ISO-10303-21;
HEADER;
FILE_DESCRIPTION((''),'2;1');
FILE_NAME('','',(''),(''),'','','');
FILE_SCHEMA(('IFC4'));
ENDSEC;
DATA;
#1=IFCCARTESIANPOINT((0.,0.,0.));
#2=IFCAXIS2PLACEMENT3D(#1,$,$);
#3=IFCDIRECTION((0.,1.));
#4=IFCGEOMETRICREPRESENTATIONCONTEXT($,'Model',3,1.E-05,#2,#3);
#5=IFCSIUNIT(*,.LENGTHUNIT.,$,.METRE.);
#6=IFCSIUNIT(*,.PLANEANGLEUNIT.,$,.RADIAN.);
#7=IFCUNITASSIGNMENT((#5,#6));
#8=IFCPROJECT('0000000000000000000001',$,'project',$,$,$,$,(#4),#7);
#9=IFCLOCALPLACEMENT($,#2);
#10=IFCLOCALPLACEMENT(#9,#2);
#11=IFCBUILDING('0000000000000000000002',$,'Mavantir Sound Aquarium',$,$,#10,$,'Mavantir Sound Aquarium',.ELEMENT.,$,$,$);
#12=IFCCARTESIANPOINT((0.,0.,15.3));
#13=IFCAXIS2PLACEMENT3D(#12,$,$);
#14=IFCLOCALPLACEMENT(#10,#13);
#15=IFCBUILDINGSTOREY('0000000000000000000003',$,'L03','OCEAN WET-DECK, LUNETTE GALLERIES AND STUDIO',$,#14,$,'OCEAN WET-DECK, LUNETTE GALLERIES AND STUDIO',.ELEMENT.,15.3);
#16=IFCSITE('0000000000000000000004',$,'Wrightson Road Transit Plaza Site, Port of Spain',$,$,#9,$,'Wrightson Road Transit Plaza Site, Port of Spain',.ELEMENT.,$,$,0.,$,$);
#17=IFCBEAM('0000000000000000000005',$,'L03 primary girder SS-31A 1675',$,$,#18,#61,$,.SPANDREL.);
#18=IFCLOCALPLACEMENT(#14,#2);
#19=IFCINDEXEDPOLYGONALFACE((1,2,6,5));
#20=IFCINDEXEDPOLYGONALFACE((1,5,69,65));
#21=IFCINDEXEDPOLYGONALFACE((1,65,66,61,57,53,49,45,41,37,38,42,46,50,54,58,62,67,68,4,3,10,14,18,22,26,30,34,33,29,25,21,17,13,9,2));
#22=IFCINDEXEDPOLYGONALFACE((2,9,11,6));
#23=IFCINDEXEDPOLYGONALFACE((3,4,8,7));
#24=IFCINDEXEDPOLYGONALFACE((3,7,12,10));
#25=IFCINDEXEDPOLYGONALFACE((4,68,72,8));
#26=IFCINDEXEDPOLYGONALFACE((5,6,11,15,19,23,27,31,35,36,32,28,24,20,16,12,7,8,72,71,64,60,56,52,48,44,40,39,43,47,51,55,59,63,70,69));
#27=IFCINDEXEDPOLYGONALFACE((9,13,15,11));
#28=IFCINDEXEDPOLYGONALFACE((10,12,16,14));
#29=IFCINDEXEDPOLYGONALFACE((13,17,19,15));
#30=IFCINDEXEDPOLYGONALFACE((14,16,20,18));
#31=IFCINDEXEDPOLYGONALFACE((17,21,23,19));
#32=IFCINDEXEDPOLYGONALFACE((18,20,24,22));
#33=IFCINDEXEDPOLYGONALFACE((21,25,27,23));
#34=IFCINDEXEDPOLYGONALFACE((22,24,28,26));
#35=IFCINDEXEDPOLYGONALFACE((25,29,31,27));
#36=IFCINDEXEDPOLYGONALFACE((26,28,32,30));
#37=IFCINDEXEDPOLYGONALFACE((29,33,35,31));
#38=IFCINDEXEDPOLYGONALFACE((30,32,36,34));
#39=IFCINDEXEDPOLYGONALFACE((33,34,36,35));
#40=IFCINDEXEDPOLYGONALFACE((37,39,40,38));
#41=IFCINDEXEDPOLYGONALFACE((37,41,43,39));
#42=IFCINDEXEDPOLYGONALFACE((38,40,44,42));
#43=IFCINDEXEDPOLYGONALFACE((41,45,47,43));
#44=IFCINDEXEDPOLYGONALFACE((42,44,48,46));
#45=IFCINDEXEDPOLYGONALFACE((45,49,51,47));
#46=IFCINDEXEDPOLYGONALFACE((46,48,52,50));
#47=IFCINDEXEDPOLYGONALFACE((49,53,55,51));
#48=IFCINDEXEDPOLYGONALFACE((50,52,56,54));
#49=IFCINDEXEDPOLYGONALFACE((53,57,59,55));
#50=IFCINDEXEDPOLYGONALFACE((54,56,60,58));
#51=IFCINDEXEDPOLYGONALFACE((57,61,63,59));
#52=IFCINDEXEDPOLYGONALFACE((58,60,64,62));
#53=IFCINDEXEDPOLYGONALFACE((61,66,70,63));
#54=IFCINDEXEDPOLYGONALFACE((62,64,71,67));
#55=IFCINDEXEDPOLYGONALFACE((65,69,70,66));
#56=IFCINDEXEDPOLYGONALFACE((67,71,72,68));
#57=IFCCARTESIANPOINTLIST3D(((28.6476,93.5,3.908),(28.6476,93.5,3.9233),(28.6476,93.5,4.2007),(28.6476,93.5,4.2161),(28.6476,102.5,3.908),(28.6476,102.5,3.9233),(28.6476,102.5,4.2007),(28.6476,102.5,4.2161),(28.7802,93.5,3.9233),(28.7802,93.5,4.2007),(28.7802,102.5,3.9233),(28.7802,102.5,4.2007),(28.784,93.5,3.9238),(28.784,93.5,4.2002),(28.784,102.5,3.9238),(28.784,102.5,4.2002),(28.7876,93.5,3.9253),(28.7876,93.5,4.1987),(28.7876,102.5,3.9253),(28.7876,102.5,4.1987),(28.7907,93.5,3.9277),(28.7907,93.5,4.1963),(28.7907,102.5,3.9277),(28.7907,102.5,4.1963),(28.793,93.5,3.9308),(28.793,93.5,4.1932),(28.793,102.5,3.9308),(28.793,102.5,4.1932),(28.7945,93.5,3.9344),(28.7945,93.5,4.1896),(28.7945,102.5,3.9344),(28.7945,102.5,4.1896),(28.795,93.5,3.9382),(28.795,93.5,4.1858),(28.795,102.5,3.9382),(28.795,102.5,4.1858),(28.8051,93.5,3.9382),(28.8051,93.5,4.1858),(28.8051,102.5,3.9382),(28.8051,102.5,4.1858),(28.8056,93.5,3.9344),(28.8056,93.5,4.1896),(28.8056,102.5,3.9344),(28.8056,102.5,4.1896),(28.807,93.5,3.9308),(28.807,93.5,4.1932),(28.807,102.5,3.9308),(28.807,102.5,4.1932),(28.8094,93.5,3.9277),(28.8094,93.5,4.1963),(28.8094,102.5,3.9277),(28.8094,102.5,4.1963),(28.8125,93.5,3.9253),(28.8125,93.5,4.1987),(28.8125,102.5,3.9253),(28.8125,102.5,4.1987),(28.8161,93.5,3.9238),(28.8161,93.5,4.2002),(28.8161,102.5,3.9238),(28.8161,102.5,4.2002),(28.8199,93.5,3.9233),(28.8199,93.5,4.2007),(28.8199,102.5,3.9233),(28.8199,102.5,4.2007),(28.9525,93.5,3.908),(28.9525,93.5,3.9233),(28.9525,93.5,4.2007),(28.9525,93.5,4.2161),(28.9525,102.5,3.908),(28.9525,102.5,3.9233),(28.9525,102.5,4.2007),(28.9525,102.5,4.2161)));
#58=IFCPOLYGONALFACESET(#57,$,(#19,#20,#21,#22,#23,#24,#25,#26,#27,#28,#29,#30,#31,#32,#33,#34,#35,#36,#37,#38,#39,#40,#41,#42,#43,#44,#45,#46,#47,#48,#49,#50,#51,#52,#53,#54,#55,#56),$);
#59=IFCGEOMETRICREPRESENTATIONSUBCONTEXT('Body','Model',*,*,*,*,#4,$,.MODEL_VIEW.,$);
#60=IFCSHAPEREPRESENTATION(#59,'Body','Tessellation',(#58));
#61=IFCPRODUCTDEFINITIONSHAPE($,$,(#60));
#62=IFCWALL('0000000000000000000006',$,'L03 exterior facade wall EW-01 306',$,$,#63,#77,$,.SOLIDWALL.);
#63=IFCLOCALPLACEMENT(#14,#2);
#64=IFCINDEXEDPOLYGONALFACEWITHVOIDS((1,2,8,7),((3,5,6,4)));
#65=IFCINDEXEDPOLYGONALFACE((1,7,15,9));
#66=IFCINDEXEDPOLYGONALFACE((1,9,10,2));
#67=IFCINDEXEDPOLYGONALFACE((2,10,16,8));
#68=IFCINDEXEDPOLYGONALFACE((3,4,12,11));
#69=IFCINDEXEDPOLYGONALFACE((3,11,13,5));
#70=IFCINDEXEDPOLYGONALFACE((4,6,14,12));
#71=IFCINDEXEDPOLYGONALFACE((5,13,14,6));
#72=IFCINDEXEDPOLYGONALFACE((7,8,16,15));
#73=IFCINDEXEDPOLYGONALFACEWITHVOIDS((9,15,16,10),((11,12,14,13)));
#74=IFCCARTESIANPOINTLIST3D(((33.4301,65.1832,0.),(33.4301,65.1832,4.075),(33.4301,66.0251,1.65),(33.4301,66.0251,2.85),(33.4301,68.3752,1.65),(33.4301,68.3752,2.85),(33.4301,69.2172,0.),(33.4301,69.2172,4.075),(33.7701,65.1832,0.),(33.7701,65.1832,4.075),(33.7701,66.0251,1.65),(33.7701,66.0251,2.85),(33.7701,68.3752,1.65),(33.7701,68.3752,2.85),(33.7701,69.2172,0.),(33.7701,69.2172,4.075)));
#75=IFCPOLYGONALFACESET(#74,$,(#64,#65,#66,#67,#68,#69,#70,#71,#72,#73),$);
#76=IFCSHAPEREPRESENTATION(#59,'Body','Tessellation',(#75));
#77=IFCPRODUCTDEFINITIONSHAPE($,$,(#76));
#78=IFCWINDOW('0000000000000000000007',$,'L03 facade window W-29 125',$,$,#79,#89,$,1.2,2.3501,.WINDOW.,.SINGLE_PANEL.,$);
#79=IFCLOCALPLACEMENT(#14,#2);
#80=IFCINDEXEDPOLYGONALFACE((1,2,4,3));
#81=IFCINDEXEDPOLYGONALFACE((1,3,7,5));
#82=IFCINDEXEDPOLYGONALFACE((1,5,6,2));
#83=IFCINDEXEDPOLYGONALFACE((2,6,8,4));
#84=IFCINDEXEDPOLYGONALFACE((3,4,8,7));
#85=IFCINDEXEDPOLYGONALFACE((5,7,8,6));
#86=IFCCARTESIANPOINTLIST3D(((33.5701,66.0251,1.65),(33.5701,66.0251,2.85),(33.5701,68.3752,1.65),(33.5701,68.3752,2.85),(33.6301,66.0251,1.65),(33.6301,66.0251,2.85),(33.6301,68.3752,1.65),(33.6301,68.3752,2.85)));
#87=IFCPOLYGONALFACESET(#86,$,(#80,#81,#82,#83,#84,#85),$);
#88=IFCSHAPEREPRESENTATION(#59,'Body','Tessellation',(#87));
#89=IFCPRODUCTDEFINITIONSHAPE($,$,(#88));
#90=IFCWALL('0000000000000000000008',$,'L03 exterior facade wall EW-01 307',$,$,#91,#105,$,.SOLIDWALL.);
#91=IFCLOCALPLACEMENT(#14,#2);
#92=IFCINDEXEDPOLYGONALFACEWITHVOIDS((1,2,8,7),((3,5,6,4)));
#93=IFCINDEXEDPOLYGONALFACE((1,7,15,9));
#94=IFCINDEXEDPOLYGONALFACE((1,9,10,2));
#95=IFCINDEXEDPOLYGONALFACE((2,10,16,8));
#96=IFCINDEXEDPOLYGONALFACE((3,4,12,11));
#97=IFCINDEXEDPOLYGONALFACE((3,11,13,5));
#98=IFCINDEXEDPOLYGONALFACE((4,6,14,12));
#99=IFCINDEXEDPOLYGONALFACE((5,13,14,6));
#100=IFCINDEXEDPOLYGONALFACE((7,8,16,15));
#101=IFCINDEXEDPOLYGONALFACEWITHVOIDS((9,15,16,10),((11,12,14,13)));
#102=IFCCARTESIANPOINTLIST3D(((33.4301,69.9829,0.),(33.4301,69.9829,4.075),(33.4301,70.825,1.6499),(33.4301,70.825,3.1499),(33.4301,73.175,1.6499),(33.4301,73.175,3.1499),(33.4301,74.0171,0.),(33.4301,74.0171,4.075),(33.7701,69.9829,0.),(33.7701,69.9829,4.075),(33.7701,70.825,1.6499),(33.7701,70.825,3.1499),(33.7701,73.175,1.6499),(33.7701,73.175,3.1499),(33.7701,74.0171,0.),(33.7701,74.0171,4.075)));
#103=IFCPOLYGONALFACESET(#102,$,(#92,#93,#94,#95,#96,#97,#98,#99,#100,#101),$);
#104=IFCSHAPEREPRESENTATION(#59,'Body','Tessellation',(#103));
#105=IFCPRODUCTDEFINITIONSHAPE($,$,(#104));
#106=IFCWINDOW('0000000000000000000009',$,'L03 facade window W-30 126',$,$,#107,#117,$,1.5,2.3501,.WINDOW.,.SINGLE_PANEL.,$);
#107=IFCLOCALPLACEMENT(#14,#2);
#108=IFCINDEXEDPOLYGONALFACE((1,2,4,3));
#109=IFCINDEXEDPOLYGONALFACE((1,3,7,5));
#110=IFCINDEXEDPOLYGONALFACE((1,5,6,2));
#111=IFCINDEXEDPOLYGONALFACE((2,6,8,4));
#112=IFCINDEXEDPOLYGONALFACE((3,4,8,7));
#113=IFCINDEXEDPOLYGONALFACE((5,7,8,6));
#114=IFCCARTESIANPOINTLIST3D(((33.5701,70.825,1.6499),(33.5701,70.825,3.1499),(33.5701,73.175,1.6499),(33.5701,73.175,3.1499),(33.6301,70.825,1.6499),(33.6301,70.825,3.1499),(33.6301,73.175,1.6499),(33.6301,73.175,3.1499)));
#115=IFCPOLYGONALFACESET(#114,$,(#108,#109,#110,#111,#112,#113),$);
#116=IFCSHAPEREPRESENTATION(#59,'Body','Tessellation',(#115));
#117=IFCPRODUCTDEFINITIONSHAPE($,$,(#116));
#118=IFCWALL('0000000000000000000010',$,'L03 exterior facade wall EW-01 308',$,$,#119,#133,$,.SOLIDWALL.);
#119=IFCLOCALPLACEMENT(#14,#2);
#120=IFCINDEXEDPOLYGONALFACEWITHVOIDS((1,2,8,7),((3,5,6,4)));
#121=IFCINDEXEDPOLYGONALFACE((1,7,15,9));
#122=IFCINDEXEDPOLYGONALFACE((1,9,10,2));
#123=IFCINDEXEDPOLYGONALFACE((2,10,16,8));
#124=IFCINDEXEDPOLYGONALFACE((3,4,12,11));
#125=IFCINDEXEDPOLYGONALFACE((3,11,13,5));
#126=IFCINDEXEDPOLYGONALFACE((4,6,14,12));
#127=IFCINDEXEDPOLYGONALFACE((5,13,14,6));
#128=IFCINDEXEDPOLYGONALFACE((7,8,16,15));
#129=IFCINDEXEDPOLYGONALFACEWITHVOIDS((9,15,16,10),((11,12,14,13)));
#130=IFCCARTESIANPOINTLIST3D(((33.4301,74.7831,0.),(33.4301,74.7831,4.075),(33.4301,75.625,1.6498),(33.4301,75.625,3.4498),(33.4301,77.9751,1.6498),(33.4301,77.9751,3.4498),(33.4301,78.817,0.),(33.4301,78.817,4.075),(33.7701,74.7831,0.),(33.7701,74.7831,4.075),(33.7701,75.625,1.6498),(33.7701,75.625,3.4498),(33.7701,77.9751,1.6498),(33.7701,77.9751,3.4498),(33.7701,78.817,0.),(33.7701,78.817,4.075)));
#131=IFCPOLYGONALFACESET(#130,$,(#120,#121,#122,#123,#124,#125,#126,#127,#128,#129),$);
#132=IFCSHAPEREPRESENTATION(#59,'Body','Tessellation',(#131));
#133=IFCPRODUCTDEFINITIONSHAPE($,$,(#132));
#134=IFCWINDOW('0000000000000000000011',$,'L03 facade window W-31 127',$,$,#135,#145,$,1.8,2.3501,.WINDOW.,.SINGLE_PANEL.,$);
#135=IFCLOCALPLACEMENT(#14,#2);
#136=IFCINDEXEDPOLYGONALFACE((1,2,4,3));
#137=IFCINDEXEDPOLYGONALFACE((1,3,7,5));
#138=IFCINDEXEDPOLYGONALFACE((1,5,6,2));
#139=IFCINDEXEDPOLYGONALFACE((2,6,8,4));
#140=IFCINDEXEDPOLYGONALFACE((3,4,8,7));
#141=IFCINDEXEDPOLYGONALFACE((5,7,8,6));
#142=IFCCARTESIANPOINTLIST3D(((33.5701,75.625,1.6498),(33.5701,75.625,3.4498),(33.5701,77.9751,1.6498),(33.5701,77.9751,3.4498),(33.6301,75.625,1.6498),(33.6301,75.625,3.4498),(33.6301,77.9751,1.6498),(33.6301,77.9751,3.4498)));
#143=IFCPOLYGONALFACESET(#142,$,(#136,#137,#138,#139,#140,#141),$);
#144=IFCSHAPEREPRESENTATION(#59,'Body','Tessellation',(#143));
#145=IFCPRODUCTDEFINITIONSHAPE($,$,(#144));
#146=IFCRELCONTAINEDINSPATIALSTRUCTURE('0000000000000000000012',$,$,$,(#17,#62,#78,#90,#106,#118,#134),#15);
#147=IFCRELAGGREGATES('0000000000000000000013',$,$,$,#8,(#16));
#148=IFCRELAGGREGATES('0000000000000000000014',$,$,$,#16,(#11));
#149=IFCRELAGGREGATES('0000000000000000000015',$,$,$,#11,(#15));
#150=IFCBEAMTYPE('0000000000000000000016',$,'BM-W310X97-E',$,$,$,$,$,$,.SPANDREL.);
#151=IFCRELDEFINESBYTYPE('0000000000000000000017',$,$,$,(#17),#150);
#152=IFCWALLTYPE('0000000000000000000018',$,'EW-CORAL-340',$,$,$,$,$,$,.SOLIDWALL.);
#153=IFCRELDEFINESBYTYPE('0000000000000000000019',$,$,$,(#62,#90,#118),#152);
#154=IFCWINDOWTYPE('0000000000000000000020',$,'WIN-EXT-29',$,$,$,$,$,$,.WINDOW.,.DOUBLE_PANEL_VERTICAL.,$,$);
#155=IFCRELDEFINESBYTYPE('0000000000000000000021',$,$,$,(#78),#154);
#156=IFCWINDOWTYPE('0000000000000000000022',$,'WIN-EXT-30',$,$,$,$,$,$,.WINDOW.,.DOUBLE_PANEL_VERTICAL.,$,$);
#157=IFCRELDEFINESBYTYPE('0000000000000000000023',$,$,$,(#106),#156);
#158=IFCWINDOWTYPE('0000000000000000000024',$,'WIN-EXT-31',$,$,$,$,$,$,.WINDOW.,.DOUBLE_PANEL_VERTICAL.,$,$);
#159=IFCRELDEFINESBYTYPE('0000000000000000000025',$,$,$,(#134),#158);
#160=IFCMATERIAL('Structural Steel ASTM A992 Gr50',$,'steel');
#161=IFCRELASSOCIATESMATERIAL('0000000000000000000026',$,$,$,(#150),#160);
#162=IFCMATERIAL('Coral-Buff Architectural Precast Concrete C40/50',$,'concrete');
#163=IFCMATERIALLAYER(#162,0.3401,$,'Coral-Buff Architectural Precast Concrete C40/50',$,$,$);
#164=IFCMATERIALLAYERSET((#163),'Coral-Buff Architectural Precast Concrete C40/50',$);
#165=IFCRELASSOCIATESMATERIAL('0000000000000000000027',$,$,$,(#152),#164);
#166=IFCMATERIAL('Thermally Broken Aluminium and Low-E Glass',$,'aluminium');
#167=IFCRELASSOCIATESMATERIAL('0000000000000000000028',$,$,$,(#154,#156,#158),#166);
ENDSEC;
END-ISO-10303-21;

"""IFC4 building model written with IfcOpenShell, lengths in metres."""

from ifc_helpers import new_model, si_unit, direction, frame, frame_2d, origin, origin_2d, place, context, subcontext, project, spatial, rectangle, i_section, extrude, material, layer, layer_set, material_profile, profile_set, type_object, element, fill, save


model = new_model("IFC4")

# Units and contexts
model_context = context("Model", 3, precision=1e-05, world=origin(), true_north=direction((0.0, 1.0)))
body_context = subcontext(model_context, "Body", "Model", "MODEL_VIEW")
ifc_project = project(units=[si_unit("LENGTHUNIT", "METRE"), si_unit("PLANEANGLEUNIT", "RADIAN")], contexts=[model_context])

# Site, building, storey
site_placement = place(None, origin())
site = spatial("IfcSite", under=ifc_project, at=site_placement, Name="Wrightson Road Transit Plaza Site, Port of Spain", LongName="Wrightson Road Transit Plaza Site, Port of Spain", CompositionType="ELEMENT", RefElevation=0.0)
building_placement = place(site_placement, origin())
building = spatial("IfcBuilding", under=site, at=building_placement, Name="Mavantir Sound Aquarium", LongName="Mavantir Sound Aquarium", CompositionType="ELEMENT")
storey_placement = place(building_placement, frame((0.0, 0.0, 15.3)))
storey = spatial("IfcBuildingStorey", under=building, at=storey_placement, Name="L03", Description="OCEAN WET-DECK, LUNETTE GALLERIES AND STUDIO", LongName="OCEAN WET-DECK, LUNETTE GALLERIES AND STUDIO", CompositionType="ELEMENT", Elevation=15.3)

# Beam
ifc_material_1 = material(Name="Structural Steel ASTM A992 Gr50", Category="steel")
ifc_material_profile_1 = material_profile(ifc_material_1, i_section(OverallWidth=0.3049, OverallDepth=0.3081, WebThickness=0.01, FlangeThickness=0.0154, FilletRadius=0.0149, at=origin_2d()), Name="W310X97")
ifc_profile_set_1 = profile_set([ifc_material_profile_1], Name="Structural Steel ASTM A992 Gr50")
beam_type = type_object("IfcBeamType", Name="BM-W310X97-E", PredefinedType="SPANDREL", material=ifc_profile_set_1)
for number, where, z_axis, x_axis, name in (
    (1, (28.8, 93.5, 4.062), (0.0, 1.0, 0.0), (-1.0, 0.0, 0.0), "L03 primary girder SS-31A 1675"),
):
    element("IfcBeam", number, at=place(storey_placement, frame(where, z_axis=z_axis, x_axis=x_axis)), inside=storey, type_object=beam_type, Name=name, PredefinedType="SPANDREL", context=body_context, shape_type="SweptSolid", body=[
        extrude(i_section(OverallWidth=0.3049, OverallDepth=0.3081, WebThickness=0.01, FlangeThickness=0.0154, FilletRadius=0.0149, at=origin_2d()), origin(), (0.0, 0.0, 1.0), 9.0),
    ])

# Walls, openings, windows
ifc_material_2 = material(Name="Coral-Buff Architectural Precast Concrete C40/50", Category="concrete")
ifc_layer_1 = layer(ifc_material_2, 0.3401, Name="Coral-Buff Architectural Precast Concrete C40/50")
ifc_layer_set_1 = layer_set([ifc_layer_1], Name="Coral-Buff Architectural Precast Concrete C40/50")
wall_type_1 = type_object("IfcWallType", Name="EW-CORAL-340", PredefinedType="SOLIDWALL", material=ifc_layer_set_1)
wall_1_placement = place(storey_placement, frame((33.6001, 65.1831, 0.0), z_axis=(0.0, 0.0, 1.0), x_axis=(0.0, 1.0, 0.0)))
wall_1 = element("IfcWall", 2, at=wall_1_placement, inside=storey, type_object=wall_type_1, Name="L03 exterior facade wall EW-01 306", PredefinedType="SOLIDWALL", context=body_context, shape_type="SweptSolid", body=[
    extrude(rectangle(XDim=4.0339, YDim=0.3401, at=frame_2d((2.0171, 0.0))), origin(), (0.0, 0.0, 1.0), 4.075),
])
opening_1_placement = place(wall_1_placement, frame((0.842, 0.0, 1.6499)))
opening_1 = element("IfcOpeningElement", 3, at=opening_1_placement, cuts=wall_1, PredefinedType="OPENING", context=body_context, shape_type="SweptSolid", body=[
    extrude(rectangle(XDim=2.3501, YDim=1.2, at=frame_2d((1.175, 0.6001))), frame((0.0, 0.1802, 0.0), z_axis=(0.0, -1.0, 0.0), x_axis=(1.0, 0.0, 0.0)), (0.0, 0.0, 1.0), 0.3601),
])
ifc_material_3 = material(Name="Thermally Broken Aluminium and Low-E Glass", Category="aluminium")
window_type_1 = type_object("IfcWindowType", Name="WIN-EXT-29", PartitioningType="DOUBLE_PANEL_VERTICAL", PredefinedType="WINDOW", material=ifc_material_3)
window_1_placement = place(opening_1_placement, origin())
window_1 = element("IfcWindow", 4, at=window_1_placement, inside=storey, type_object=window_type_1, Name="L03 facade window W-29 125", OverallHeight=1.2, OverallWidth=2.3501, PartitioningType="SINGLE_PANEL", PredefinedType="WINDOW", context=body_context, shape_type="SweptSolid", body=[
    extrude(rectangle(XDim=2.3501, YDim=1.2, at=frame_2d((1.175, 0.6001))), frame((0.0, 0.03, 0.0), z_axis=(0.0, -1.0, 0.0), x_axis=(1.0, 0.0, 0.0)), (0.0, 0.0, 1.0), 0.0601),
])
fill(opening_1, window_1)
wall_2_placement = place(storey_placement, frame((33.6001, 69.9829, 0.0), z_axis=(0.0, 0.0, 1.0), x_axis=(0.0, 1.0, 0.0)))
wall_2 = element("IfcWall", 5, at=wall_2_placement, inside=storey, type_object=wall_type_1, Name="L03 exterior facade wall EW-01 307", PredefinedType="SOLIDWALL", context=body_context, shape_type="SweptSolid", body=[
    extrude(rectangle(XDim=4.0342, YDim=0.3401, at=frame_2d((2.0171, 0.0))), origin(), (0.0, 0.0, 1.0), 4.075),
])
opening_2_placement = place(wall_2_placement, frame((0.842, 0.0, 1.6499)))
opening_2 = element("IfcOpeningElement", 6, at=opening_2_placement, cuts=wall_2, PredefinedType="OPENING", context=body_context, shape_type="SweptSolid", body=[
    extrude(rectangle(XDim=2.3501, YDim=1.5, at=frame_2d((1.175, 0.75))), frame((0.0, 0.1802, 0.0), z_axis=(0.0, -1.0, 0.0), x_axis=(1.0, 0.0, 0.0)), (0.0, 0.0, 1.0), 0.3601),
])
window_type_2 = type_object("IfcWindowType", Name="WIN-EXT-30", PartitioningType="DOUBLE_PANEL_VERTICAL", PredefinedType="WINDOW", material=ifc_material_3)
window_2_placement = place(opening_2_placement, origin())
window_2 = element("IfcWindow", 7, at=window_2_placement, inside=storey, type_object=window_type_2, Name="L03 facade window W-30 126", OverallHeight=1.5, OverallWidth=2.3501, PartitioningType="SINGLE_PANEL", PredefinedType="WINDOW", context=body_context, shape_type="SweptSolid", body=[
    extrude(rectangle(XDim=2.3501, YDim=1.5, at=frame_2d((1.175, 0.75))), frame((0.0, 0.03, 0.0), z_axis=(0.0, -1.0, 0.0), x_axis=(1.0, 0.0, 0.0)), (0.0, 0.0, 1.0), 0.0601),
])
fill(opening_2, window_2)
wall_3_placement = place(storey_placement, frame((33.6001, 74.783, 0.0), z_axis=(0.0, 0.0, 1.0), x_axis=(0.0, 1.0, 0.0)))
wall_3 = element("IfcWall", 8, at=wall_3_placement, inside=storey, type_object=wall_type_1, Name="L03 exterior facade wall EW-01 308", PredefinedType="SOLIDWALL", context=body_context, shape_type="SweptSolid", body=[
    extrude(rectangle(XDim=4.0339, YDim=0.3401, at=frame_2d((2.0171, 0.0))), origin(), (0.0, 0.0, 1.0), 4.075),
])
opening_3_placement = place(wall_3_placement, frame((0.842, 0.0, 1.6499)))
opening_3 = element("IfcOpeningElement", 9, at=opening_3_placement, cuts=wall_3, PredefinedType="OPENING", context=body_context, shape_type="SweptSolid", body=[
    extrude(rectangle(XDim=2.3501, YDim=1.8, at=frame_2d((1.175, 0.8999))), frame((0.0, 0.1802, 0.0), z_axis=(0.0, -1.0, 0.0), x_axis=(1.0, 0.0, 0.0)), (0.0, 0.0, 1.0), 0.3601),
])
window_type_3 = type_object("IfcWindowType", Name="WIN-EXT-31", PartitioningType="DOUBLE_PANEL_VERTICAL", PredefinedType="WINDOW", material=ifc_material_3)
window_3_placement = place(opening_3_placement, origin())
window_3 = element("IfcWindow", 10, at=window_3_placement, inside=storey, type_object=window_type_3, Name="L03 facade window W-31 127", OverallHeight=1.8, OverallWidth=2.3501, PartitioningType="SINGLE_PANEL", PredefinedType="WINDOW", context=body_context, shape_type="SweptSolid", body=[
    extrude(rectangle(XDim=2.3501, YDim=1.8, at=frame_2d((1.175, 0.8999))), frame((0.0, 0.03, 0.0), z_axis=(0.0, -1.0, 0.0), x_axis=(1.0, 0.0, 0.0)), (0.0, 0.0, 1.0), 0.0601),
])
fill(opening_3, window_3)

save(model, "model.ifc")
